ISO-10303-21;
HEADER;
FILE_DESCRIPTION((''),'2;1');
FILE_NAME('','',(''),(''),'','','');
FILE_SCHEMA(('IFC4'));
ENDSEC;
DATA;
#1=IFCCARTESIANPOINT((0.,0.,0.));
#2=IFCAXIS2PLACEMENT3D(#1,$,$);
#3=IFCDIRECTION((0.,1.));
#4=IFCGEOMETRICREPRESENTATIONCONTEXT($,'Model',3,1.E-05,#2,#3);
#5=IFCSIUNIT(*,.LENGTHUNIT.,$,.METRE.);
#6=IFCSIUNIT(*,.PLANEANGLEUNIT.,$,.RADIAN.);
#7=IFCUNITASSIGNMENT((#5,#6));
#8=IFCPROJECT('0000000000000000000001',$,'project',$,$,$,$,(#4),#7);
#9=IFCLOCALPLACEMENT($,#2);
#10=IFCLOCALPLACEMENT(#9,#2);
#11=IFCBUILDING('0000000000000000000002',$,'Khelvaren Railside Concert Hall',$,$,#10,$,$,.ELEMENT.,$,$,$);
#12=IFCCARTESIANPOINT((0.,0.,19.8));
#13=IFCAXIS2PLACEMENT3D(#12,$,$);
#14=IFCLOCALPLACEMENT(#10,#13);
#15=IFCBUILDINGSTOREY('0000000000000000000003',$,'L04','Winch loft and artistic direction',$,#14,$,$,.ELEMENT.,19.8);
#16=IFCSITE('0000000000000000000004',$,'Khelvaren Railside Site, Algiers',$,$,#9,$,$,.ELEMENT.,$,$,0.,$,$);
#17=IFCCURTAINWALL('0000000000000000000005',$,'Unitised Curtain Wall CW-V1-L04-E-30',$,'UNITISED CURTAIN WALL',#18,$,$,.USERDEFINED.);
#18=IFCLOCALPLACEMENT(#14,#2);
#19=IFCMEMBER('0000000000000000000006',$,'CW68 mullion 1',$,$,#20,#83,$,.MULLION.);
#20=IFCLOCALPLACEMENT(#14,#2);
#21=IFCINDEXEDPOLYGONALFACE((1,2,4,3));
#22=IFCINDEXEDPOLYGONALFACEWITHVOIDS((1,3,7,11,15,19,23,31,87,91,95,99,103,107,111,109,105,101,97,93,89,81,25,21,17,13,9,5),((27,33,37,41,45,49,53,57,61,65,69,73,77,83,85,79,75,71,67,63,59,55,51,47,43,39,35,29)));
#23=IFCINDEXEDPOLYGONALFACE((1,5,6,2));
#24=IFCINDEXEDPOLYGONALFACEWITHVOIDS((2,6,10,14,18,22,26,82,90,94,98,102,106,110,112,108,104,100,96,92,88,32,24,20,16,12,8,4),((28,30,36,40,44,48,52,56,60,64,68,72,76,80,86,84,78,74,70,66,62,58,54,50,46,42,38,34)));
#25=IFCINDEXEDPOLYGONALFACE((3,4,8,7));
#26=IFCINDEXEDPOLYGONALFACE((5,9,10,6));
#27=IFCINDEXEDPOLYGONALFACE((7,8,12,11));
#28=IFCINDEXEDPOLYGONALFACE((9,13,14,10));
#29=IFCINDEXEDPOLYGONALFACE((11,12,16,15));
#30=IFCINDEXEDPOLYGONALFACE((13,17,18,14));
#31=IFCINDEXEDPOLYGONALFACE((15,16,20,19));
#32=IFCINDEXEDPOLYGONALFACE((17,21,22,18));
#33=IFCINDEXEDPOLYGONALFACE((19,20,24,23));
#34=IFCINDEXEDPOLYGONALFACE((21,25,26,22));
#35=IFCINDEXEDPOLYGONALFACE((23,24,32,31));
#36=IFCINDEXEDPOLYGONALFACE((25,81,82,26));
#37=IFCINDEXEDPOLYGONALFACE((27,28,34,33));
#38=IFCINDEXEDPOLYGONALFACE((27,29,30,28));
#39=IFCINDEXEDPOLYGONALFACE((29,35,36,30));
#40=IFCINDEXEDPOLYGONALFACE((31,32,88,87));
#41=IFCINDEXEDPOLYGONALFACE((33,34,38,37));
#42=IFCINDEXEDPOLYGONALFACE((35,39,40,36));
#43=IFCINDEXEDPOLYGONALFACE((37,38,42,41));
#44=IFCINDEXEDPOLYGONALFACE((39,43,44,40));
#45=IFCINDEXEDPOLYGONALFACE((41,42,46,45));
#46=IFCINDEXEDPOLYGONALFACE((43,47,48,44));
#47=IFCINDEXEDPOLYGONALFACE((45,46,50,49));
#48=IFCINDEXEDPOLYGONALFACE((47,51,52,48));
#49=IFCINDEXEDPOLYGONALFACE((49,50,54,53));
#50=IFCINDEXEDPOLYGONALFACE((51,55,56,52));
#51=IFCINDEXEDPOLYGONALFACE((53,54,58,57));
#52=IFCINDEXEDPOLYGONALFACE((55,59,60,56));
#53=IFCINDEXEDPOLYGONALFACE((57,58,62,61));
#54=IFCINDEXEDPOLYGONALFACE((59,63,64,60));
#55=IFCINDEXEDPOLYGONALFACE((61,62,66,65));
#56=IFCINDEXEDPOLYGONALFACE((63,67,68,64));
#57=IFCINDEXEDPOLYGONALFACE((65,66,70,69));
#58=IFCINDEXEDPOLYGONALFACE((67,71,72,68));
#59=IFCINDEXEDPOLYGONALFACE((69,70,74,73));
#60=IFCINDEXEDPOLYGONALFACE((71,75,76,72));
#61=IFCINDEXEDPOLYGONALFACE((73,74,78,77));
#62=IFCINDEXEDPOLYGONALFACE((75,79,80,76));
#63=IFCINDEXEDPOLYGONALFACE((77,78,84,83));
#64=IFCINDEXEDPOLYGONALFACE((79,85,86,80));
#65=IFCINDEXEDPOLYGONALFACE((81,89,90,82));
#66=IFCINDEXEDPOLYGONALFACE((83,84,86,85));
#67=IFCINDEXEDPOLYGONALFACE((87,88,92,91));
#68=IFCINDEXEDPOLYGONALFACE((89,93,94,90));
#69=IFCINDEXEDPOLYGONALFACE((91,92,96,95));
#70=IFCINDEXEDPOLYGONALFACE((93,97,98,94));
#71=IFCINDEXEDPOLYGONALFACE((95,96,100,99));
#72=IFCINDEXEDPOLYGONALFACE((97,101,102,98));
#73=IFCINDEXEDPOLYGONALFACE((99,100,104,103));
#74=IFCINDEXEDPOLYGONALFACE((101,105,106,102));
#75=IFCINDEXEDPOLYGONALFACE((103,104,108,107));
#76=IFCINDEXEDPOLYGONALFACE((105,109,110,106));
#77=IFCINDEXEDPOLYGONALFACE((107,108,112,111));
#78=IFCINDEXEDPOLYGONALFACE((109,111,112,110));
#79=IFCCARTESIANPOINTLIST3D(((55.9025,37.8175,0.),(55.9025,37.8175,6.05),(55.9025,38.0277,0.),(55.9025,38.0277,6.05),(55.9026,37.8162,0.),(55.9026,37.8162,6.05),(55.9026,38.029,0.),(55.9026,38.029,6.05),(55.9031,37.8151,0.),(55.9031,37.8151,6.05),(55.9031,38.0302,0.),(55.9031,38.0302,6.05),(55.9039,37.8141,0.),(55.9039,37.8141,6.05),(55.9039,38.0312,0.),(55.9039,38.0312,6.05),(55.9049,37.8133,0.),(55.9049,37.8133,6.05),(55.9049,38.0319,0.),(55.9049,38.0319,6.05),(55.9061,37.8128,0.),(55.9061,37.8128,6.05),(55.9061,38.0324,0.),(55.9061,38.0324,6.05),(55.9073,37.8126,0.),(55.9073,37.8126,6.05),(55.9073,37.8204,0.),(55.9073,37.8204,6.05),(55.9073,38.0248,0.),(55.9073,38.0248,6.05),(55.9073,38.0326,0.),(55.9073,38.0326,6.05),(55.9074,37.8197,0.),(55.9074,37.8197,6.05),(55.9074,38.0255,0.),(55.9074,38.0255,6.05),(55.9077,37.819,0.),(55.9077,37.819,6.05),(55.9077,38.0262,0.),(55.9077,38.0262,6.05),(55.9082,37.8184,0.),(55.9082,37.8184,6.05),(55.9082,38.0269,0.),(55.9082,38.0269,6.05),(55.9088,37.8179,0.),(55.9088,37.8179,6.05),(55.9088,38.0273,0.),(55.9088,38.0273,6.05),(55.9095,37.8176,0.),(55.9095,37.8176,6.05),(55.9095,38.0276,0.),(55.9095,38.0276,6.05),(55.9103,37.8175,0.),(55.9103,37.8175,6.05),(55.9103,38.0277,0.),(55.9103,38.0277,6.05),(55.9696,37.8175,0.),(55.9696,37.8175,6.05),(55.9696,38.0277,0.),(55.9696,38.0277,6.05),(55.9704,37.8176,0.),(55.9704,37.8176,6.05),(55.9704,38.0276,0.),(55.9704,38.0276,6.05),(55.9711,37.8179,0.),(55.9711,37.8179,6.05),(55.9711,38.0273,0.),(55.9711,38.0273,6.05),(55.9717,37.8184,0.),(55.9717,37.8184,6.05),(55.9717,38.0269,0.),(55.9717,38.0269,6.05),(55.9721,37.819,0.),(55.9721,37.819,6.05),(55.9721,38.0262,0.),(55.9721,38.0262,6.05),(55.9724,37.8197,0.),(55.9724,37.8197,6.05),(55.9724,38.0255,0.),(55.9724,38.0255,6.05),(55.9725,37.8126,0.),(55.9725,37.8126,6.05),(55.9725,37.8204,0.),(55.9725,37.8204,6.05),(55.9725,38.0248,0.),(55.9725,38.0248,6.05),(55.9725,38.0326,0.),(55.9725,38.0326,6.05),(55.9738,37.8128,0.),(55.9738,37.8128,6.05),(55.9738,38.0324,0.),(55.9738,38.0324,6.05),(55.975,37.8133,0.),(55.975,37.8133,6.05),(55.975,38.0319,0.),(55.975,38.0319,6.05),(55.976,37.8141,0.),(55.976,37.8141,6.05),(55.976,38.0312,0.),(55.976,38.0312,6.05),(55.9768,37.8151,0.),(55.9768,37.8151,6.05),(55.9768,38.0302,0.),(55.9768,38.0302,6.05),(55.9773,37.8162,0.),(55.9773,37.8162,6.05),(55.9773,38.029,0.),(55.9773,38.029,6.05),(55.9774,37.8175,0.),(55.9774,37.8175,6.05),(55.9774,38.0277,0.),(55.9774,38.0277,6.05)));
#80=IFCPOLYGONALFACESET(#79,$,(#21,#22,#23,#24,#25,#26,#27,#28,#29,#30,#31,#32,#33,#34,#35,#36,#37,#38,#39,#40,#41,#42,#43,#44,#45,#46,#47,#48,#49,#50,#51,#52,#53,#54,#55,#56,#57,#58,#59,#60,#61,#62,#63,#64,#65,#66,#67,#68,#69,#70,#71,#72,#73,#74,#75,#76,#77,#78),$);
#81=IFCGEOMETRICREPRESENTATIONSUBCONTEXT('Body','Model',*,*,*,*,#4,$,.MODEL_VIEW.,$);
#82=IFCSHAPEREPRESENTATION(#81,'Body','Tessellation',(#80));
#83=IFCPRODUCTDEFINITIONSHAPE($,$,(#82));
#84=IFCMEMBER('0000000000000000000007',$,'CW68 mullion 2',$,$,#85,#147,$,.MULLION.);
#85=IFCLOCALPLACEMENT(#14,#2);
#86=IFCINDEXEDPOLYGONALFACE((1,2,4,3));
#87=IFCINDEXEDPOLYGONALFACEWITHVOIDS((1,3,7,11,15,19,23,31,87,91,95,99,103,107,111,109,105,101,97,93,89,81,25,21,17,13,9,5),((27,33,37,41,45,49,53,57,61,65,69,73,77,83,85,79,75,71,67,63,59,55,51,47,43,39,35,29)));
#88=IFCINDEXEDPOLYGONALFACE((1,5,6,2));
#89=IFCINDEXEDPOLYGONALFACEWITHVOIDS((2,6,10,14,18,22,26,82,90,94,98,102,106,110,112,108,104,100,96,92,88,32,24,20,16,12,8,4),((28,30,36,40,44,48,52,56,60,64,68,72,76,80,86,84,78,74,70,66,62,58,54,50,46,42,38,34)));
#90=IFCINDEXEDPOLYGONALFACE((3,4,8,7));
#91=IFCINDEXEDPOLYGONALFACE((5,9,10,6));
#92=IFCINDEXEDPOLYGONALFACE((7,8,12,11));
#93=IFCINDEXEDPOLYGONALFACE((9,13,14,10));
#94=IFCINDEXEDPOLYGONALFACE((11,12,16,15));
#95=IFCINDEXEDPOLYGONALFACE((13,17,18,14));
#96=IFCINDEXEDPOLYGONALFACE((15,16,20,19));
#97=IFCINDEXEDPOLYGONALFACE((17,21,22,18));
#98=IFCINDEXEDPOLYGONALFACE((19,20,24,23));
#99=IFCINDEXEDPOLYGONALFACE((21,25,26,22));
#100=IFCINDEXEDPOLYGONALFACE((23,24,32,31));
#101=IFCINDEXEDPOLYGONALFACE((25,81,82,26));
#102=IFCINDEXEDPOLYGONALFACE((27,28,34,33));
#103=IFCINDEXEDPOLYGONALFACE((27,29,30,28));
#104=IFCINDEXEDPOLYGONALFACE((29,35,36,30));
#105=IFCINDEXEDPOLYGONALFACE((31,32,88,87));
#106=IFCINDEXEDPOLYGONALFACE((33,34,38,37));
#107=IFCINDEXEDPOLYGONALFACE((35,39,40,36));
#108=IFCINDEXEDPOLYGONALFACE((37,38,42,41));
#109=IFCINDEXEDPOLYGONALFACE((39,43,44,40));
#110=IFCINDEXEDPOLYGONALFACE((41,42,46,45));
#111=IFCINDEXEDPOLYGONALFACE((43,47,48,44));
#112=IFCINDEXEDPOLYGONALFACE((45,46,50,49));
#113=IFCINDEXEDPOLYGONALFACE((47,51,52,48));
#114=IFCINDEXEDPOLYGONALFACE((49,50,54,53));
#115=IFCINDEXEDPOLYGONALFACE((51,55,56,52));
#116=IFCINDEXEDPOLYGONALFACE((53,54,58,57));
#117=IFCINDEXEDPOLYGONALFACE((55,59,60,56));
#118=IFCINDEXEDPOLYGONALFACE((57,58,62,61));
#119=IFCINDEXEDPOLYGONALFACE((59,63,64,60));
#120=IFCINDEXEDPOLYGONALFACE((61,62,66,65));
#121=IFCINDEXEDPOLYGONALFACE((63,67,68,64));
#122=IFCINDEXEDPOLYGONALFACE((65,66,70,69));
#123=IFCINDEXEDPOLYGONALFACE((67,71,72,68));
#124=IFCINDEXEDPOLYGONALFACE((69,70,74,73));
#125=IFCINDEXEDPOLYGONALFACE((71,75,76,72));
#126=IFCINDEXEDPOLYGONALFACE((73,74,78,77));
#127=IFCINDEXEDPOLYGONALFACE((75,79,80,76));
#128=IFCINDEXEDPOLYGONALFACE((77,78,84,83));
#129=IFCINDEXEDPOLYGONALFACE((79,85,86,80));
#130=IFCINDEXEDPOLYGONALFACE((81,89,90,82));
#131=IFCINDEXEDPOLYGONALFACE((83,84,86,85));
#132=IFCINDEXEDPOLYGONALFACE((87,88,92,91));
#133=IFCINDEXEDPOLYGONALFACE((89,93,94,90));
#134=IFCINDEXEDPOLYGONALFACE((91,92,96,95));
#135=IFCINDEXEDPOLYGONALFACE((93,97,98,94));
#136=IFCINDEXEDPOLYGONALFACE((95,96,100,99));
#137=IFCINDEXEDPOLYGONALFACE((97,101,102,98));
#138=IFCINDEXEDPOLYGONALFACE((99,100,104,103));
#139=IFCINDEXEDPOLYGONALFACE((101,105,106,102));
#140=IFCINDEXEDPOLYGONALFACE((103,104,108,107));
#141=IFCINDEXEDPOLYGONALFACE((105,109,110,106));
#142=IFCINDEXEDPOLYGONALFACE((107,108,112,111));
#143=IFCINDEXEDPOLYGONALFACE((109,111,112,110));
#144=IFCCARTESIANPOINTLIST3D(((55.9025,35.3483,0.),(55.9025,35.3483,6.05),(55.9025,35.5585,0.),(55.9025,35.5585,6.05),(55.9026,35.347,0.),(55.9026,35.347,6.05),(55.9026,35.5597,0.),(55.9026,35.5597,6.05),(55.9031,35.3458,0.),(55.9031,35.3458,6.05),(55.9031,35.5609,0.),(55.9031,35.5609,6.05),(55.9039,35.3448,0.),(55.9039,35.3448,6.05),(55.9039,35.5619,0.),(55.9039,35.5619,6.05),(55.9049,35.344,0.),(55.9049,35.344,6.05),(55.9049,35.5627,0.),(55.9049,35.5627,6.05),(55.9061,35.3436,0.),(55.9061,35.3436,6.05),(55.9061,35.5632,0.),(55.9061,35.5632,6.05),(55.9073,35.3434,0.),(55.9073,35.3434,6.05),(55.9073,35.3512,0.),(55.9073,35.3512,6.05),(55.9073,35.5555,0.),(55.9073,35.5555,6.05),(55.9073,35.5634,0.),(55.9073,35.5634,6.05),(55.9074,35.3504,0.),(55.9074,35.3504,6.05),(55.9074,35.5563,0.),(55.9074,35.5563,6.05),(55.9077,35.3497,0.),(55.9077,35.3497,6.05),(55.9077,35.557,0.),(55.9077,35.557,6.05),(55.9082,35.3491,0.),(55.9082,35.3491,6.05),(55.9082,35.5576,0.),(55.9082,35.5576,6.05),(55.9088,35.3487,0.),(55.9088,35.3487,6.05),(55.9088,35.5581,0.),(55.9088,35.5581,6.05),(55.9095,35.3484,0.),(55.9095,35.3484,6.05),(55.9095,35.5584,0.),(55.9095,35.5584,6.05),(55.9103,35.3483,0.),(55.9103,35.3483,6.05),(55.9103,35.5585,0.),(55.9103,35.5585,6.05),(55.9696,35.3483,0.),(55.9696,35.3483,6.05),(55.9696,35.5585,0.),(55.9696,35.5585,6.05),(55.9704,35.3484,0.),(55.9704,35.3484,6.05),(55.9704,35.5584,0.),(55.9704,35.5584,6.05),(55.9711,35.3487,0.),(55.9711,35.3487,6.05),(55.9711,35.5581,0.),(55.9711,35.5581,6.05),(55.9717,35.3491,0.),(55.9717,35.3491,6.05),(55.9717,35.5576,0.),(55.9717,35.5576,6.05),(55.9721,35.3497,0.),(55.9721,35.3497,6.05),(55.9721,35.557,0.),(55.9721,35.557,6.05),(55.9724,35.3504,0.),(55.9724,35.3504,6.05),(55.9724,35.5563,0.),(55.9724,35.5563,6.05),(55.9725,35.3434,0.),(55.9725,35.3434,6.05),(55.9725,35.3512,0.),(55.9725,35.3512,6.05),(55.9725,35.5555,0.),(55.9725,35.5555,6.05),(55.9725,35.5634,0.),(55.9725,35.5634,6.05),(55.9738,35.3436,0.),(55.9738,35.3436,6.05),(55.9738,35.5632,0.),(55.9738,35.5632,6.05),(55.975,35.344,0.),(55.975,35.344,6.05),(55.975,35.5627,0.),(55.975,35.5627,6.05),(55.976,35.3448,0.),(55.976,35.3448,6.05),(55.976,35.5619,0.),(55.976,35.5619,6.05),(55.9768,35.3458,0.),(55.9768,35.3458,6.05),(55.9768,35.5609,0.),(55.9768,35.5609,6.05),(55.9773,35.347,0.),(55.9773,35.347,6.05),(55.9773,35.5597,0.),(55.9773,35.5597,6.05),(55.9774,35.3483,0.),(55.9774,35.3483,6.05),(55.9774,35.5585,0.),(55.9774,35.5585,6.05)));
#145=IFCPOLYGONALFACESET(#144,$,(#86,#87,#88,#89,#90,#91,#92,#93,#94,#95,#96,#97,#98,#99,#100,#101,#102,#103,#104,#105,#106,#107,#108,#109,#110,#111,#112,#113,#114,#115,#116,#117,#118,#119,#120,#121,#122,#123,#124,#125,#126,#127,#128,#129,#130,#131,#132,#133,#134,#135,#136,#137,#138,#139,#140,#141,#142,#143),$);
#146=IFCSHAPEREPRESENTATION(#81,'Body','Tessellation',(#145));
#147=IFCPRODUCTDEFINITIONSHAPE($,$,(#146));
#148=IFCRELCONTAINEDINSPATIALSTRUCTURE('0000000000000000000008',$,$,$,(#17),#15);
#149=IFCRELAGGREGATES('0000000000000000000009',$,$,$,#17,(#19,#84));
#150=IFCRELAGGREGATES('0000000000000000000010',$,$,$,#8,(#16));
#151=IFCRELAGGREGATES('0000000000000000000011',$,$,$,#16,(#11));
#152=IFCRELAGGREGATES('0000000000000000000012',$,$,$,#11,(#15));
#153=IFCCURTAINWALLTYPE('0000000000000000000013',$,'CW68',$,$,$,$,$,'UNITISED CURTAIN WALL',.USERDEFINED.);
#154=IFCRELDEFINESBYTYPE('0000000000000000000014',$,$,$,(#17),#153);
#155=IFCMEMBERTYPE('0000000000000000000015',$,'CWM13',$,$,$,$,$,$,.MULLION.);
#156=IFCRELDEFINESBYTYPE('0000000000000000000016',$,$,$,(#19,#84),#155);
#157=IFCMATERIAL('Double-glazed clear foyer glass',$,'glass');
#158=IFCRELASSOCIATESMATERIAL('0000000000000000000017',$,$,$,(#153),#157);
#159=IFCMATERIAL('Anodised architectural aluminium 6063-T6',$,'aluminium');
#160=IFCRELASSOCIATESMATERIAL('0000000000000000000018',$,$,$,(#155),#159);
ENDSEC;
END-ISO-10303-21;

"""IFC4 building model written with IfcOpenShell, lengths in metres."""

from ifc_helpers import new_model, si_unit, direction, frame, origin, origin_2d, place, context, subcontext, project, spatial, hollow_rectangle, extrude, material, material_profile, profile_set, type_object, element, aggregate, save


model = new_model("IFC4")

# Units and contexts
model_context = context("Model", 3, precision=1e-05, world=origin(), true_north=direction((0.0, 1.0)))
body_context = subcontext(model_context, "Body", "Model", "MODEL_VIEW")
ifc_project = project(units=[si_unit("LENGTHUNIT", "METRE"), si_unit("PLANEANGLEUNIT", "RADIAN")], contexts=[model_context])

# Site, building, storey
site_placement = place(None, origin())
site = spatial("IfcSite", under=ifc_project, at=site_placement, Name="Khelvaren Railside Site, Algiers", CompositionType="ELEMENT", RefElevation=0.0)
building_placement = place(site_placement, origin())
building = spatial("IfcBuilding", under=site, at=building_placement, Name="Khelvaren Railside Concert Hall", CompositionType="ELEMENT")
storey_placement = place(building_placement, frame((0.0, 0.0, 19.8)))
storey = spatial("IfcBuildingStorey", under=building, at=storey_placement, Name="L04", Description="Winch loft and artistic direction", CompositionType="ELEMENT", Elevation=19.8)

# Curtain wall, members
ifc_material_1 = material(Name="Double-glazed clear foyer glass", Category="glass")
curtain_wall_type_1 = type_object("IfcCurtainWallType", Name="CW68", ElementType="UNITISED CURTAIN WALL", PredefinedType="USERDEFINED", material=ifc_material_1)
curtain_wall_1_placement = place(storey_placement, origin())
curtain_wall_1 = element("IfcCurtainWall", 1, at=curtain_wall_1_placement, inside=storey, type_object=curtain_wall_type_1, Name="Unitised Curtain Wall CW-V1-L04-E-30", ObjectType="UNITISED CURTAIN WALL", PredefinedType="USERDEFINED")
ifc_material_2 = material(Name="Anodised architectural aluminium 6063-T6", Category="aluminium")
ifc_material_profile_1 = material_profile(ifc_material_2, hollow_rectangle(XDim=0.075, YDim=0.22, WallThickness=0.0049, InnerFilletRadius=0.0029, OuterFilletRadius=0.0049, at=origin_2d()), Name="CWM 75x220x5")
ifc_profile_set_1 = profile_set([ifc_material_profile_1], Name="Anodised architectural aluminium 6063-T6")
member_type_1 = type_object("IfcMemberType", Name="CWM13", PredefinedType="MULLION", material=ifc_profile_set_1)
member_1_placement = place(storey_placement, frame((55.9399, 37.9226, 0.0), z_axis=(0.0, 0.0, 1.0), x_axis=(1.0, 0.0, 0.0)))
member_1 = element("IfcMember", 2, at=member_1_placement, type_object=member_type_1, Name="CW68 mullion 1", PredefinedType="MULLION", context=body_context, shape_type="SweptSolid", body=[
    extrude(hollow_rectangle(XDim=0.075, YDim=0.22, WallThickness=0.0049, InnerFilletRadius=0.0029, OuterFilletRadius=0.0049, at=origin_2d()), origin(), (0.0, 0.0, 1.0), 6.05),
])
member_2_placement = place(storey_placement, frame((55.9399, 35.4534, 0.0), z_axis=(0.0, 0.0, 1.0), x_axis=(1.0, 0.0, 0.0)))
member_2 = element("IfcMember", 3, at=member_2_placement, type_object=member_type_1, Name="CW68 mullion 2", PredefinedType="MULLION", context=body_context, shape_type="SweptSolid", body=[
    extrude(hollow_rectangle(XDim=0.075, YDim=0.22, WallThickness=0.0049, InnerFilletRadius=0.0029, OuterFilletRadius=0.0049, at=origin_2d()), origin(), (0.0, 0.0, 1.0), 6.05),
])

aggregate(curtain_wall_1, [member_1, member_2])

save(model, "model.ifc")
